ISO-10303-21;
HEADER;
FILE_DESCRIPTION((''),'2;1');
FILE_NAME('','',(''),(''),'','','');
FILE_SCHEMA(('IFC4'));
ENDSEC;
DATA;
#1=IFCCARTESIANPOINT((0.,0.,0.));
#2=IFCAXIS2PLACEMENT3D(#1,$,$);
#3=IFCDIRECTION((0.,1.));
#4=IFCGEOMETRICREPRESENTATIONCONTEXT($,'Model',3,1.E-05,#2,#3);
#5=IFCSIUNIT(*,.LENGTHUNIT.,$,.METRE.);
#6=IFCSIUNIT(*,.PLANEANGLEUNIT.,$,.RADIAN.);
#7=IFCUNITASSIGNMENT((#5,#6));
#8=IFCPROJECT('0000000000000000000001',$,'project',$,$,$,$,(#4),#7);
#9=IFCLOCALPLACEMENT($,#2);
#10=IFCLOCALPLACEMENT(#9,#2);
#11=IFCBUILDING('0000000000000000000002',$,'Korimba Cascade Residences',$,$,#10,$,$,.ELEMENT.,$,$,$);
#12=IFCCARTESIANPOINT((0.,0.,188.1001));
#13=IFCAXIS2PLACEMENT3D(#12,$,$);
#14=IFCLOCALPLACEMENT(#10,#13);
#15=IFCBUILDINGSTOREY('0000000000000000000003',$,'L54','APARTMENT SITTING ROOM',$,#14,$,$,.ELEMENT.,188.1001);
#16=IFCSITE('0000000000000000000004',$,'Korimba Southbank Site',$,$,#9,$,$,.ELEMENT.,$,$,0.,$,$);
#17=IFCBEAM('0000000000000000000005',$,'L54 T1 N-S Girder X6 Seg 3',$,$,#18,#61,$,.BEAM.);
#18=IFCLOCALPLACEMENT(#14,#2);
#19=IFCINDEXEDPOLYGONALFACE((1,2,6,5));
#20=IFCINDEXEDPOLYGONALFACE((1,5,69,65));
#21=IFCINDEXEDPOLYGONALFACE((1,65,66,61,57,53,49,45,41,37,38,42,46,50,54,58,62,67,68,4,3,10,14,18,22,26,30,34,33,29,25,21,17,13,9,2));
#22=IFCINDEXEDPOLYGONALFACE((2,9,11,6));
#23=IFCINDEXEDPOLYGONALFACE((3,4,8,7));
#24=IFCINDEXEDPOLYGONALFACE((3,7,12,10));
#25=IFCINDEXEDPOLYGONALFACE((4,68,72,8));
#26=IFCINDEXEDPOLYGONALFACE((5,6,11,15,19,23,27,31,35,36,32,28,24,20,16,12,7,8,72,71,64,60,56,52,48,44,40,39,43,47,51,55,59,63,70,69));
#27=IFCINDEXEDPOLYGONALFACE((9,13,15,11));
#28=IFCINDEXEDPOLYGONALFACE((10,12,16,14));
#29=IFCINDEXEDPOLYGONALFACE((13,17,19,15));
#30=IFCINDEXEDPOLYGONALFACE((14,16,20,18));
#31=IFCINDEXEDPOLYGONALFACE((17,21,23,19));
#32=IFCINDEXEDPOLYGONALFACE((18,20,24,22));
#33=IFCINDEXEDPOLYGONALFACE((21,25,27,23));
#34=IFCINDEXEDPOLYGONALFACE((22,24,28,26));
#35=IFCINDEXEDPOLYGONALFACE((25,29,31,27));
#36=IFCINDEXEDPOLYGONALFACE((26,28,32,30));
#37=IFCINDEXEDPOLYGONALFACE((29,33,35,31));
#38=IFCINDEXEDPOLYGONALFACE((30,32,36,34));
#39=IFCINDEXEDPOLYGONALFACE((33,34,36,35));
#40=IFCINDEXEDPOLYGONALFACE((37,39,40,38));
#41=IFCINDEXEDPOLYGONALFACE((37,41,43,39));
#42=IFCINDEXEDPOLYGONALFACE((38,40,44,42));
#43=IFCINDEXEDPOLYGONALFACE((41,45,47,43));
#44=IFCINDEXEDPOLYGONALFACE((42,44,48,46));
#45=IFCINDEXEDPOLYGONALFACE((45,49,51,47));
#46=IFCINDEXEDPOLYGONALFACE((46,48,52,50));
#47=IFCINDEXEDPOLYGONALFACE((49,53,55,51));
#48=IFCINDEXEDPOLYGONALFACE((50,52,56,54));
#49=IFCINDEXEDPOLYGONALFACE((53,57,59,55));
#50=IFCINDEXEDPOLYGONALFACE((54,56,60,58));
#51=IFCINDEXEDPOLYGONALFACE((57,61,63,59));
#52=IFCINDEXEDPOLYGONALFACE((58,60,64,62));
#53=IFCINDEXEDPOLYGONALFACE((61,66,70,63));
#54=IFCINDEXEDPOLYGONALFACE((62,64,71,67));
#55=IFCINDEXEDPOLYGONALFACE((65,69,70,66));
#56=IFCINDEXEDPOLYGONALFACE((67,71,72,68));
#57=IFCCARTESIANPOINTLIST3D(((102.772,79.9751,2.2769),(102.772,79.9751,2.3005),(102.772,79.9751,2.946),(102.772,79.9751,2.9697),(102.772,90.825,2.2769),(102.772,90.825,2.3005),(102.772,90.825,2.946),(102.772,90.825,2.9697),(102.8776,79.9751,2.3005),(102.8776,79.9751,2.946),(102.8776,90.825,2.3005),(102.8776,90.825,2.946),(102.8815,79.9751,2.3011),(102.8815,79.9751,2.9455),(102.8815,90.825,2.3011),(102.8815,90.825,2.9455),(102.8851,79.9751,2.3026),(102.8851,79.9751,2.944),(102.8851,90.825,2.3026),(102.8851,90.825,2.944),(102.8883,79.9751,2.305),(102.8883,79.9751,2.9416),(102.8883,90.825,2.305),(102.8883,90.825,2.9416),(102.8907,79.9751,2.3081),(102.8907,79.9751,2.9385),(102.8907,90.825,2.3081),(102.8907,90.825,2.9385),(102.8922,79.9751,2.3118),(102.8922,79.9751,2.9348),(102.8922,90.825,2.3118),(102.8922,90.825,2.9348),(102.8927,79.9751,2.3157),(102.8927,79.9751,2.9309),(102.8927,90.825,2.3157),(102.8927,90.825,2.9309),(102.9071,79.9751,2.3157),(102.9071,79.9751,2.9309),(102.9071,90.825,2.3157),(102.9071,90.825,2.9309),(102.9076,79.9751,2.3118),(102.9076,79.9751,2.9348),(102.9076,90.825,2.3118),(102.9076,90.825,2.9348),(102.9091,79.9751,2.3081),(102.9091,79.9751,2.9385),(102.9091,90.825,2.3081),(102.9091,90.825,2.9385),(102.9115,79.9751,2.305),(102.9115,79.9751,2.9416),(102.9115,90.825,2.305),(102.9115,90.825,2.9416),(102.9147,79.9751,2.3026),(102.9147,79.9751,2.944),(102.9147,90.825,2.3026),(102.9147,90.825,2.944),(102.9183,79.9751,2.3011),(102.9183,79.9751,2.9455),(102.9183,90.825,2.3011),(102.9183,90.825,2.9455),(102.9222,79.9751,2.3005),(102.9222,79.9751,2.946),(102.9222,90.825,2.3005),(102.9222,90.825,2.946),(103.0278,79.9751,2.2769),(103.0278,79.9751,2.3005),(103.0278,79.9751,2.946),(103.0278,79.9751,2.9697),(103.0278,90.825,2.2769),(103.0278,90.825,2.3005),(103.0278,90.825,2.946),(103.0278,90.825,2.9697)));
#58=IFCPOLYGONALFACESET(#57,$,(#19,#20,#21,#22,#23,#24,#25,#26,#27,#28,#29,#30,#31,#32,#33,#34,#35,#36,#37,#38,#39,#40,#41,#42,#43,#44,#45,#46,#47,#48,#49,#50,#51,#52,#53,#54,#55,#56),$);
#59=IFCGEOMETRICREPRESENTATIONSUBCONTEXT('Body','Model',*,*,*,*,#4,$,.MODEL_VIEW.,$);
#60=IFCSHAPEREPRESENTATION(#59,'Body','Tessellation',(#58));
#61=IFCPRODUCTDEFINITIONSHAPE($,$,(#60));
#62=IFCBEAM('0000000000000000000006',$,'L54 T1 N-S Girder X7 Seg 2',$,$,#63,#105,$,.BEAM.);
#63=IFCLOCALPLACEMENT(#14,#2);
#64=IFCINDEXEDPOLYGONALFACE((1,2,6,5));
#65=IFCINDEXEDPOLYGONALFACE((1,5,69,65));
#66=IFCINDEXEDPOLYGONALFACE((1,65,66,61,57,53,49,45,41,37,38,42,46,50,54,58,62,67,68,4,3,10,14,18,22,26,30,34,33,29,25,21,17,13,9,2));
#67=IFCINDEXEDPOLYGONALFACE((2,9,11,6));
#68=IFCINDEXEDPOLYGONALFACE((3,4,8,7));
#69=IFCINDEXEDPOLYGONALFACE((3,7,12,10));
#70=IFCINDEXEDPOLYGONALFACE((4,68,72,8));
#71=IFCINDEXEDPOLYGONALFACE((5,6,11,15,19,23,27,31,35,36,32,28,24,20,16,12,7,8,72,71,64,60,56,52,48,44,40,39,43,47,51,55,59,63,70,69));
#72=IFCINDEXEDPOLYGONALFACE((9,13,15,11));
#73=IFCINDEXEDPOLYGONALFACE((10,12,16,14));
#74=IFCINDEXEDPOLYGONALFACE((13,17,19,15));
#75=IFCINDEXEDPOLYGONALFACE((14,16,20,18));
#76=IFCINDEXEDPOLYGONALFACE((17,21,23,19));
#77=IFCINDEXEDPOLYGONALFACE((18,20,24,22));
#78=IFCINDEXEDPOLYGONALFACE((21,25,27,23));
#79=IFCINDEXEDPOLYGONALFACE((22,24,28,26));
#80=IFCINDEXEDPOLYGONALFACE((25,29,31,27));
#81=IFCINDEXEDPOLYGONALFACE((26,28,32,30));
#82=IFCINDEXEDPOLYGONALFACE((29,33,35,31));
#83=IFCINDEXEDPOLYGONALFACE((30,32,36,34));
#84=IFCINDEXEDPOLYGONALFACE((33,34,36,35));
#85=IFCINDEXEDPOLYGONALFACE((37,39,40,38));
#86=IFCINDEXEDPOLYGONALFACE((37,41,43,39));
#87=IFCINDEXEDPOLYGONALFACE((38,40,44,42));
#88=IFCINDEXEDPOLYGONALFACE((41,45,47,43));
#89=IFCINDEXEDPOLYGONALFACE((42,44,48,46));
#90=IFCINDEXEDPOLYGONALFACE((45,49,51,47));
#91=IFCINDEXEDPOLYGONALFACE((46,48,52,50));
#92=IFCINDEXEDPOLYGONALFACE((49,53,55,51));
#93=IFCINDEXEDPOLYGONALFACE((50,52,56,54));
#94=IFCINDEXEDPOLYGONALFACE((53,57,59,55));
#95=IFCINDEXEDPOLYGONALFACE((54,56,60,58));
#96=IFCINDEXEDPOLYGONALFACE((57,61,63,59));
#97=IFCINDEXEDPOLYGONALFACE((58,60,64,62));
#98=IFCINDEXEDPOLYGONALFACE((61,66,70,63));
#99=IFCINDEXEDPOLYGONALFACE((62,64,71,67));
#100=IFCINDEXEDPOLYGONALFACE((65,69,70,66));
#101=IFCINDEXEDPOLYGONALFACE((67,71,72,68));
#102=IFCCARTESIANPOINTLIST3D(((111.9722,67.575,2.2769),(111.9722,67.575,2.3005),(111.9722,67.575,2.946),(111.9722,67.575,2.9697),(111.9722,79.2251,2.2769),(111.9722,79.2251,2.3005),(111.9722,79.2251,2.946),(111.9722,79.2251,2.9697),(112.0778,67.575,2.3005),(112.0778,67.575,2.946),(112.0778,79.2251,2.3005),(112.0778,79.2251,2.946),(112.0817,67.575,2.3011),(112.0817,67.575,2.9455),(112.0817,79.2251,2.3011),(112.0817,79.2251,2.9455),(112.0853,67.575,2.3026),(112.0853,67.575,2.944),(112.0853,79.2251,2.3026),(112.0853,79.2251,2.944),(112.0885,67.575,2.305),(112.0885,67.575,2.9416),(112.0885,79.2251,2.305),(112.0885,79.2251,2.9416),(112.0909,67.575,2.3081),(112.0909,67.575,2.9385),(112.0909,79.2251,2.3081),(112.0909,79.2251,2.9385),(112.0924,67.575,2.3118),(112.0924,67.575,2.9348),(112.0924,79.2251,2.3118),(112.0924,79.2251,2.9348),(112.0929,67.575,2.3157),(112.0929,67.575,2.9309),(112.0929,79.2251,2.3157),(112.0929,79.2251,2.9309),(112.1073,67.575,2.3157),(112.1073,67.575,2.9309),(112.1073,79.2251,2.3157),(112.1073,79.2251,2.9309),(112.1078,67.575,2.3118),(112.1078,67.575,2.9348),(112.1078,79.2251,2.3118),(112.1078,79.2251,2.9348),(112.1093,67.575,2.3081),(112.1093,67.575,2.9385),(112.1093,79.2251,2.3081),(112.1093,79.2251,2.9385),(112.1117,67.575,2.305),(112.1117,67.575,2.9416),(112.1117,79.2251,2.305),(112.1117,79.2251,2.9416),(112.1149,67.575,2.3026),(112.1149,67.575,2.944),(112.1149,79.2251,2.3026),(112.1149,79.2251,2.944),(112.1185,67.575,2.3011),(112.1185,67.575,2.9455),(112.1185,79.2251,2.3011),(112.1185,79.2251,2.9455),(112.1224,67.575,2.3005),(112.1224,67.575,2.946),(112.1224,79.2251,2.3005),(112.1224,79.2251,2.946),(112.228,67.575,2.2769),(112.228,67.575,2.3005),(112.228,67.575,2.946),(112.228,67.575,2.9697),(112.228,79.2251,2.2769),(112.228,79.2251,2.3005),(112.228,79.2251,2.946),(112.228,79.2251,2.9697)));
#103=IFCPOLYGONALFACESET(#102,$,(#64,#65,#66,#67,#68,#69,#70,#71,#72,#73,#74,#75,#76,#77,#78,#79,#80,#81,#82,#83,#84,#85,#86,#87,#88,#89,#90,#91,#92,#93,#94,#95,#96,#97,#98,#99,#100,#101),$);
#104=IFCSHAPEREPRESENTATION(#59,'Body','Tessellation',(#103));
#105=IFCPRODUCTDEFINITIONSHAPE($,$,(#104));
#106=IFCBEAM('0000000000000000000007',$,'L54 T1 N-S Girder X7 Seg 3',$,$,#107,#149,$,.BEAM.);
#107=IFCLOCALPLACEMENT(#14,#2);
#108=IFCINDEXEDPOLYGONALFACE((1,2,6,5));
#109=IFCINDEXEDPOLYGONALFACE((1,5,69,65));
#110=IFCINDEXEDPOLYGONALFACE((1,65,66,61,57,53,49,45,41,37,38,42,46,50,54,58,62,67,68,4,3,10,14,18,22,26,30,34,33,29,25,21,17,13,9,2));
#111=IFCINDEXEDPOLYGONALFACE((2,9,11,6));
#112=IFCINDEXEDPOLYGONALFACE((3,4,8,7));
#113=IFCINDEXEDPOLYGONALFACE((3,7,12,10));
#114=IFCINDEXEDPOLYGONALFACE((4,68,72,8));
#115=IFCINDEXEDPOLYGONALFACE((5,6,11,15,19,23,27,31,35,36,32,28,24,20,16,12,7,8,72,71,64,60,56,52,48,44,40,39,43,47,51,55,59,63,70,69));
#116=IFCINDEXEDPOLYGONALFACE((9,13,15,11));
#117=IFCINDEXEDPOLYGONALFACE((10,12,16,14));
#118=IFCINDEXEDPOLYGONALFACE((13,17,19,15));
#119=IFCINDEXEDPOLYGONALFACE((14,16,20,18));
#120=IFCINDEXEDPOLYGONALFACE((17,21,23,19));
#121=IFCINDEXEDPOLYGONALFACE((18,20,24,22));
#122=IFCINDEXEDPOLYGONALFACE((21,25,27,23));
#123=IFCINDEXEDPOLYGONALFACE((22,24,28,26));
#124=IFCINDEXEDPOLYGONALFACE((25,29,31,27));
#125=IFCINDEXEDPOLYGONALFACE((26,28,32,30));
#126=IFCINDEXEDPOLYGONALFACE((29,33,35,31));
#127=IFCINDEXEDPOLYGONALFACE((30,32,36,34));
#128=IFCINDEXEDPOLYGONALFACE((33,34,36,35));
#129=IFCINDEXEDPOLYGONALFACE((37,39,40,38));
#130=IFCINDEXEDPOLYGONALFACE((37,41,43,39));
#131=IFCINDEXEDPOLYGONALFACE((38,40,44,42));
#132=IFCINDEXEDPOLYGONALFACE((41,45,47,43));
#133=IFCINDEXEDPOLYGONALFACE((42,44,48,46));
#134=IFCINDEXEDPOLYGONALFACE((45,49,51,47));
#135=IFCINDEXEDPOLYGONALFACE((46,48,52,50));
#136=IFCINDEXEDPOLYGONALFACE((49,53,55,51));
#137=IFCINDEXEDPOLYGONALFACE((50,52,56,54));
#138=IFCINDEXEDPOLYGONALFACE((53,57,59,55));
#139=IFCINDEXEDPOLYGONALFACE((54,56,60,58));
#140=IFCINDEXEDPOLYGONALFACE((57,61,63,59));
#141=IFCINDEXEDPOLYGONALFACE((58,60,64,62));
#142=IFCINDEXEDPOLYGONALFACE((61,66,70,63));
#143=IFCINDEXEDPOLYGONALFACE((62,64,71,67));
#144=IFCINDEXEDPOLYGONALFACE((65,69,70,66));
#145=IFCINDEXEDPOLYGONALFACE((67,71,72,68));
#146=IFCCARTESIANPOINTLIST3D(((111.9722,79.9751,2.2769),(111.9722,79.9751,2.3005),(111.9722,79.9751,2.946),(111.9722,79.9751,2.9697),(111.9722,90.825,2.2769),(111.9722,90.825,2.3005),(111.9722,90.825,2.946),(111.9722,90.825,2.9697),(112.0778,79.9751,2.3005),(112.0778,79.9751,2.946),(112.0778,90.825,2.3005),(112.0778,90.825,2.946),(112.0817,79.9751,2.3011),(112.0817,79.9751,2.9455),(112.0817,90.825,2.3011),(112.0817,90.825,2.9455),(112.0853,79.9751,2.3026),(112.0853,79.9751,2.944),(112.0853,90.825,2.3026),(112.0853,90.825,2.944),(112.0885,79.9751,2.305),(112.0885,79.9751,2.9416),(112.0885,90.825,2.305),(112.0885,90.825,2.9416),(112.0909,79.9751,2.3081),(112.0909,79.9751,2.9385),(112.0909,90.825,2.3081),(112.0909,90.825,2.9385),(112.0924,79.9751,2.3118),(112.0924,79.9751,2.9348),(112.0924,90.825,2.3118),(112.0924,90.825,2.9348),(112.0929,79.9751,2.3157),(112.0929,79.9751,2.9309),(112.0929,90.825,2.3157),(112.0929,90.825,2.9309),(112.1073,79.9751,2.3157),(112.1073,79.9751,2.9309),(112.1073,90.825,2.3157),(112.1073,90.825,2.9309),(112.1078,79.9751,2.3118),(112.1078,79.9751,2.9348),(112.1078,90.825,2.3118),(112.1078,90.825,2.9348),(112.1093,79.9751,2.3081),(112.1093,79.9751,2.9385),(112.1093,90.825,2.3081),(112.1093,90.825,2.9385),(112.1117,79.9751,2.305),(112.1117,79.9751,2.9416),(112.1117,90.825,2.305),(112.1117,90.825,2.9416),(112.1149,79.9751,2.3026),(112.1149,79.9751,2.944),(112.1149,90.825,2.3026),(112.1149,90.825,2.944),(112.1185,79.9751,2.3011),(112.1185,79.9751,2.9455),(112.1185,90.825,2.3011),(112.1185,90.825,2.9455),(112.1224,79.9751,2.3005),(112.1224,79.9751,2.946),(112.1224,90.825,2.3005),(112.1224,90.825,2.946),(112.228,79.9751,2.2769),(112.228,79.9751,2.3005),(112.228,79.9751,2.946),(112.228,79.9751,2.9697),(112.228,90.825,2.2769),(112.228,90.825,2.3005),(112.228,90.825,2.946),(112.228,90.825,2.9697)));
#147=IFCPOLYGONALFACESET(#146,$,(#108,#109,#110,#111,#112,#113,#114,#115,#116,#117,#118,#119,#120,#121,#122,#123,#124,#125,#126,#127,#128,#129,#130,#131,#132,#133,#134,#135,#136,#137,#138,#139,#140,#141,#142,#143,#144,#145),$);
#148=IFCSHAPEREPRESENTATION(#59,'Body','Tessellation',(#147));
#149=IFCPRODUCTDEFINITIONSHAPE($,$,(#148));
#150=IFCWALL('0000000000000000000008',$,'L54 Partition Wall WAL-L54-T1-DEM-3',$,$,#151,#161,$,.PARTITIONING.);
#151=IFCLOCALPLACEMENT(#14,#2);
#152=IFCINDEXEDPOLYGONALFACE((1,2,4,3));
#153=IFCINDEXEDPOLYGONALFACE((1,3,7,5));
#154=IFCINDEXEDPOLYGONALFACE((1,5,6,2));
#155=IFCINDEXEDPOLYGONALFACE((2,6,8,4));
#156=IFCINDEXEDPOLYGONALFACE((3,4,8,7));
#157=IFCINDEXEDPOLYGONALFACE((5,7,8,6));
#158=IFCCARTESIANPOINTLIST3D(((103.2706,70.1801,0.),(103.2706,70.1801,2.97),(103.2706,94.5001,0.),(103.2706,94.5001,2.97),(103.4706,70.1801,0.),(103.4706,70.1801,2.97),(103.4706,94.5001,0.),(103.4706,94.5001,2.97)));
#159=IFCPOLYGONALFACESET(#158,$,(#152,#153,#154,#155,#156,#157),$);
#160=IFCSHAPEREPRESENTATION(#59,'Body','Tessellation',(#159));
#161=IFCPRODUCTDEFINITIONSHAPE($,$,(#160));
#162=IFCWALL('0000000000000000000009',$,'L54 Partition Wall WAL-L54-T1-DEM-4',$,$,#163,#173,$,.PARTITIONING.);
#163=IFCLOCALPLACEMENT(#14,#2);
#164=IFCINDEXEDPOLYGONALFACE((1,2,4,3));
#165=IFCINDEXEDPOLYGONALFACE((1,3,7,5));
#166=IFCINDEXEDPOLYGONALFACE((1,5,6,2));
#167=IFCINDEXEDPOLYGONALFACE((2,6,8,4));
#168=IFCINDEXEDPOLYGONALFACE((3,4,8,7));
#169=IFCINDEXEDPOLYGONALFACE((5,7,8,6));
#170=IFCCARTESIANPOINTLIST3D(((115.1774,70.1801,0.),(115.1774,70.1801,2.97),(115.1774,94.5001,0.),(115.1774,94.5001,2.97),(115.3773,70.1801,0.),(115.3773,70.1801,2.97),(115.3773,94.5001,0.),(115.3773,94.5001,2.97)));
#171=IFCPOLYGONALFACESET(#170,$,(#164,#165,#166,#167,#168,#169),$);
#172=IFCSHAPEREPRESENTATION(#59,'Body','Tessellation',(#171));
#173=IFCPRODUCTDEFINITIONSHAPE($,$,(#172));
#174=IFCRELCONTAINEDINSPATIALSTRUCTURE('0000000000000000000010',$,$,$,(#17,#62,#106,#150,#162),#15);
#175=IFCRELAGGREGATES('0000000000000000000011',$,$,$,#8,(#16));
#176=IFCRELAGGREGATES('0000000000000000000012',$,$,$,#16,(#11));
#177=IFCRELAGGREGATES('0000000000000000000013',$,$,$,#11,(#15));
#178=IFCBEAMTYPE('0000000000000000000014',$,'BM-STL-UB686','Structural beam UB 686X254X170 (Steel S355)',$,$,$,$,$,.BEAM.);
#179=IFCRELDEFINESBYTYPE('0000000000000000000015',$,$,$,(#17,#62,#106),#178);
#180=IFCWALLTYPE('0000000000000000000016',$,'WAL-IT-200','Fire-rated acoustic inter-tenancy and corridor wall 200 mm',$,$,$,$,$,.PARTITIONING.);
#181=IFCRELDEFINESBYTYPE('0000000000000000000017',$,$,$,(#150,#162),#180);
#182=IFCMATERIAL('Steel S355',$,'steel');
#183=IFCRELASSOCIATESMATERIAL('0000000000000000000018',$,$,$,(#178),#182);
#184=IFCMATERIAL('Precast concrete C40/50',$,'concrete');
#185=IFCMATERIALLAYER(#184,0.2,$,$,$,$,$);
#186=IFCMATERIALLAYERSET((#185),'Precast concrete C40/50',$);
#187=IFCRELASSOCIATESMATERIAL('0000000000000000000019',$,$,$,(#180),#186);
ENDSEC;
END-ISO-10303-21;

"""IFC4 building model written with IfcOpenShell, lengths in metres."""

from ifc_helpers import new_model, si_unit, direction, frame, frame_2d, origin, origin_2d, place, context, subcontext, project, spatial, rectangle, i_section, extrude, material, layer, layer_set, material_profile, profile_set, type_object, element, save


model = new_model("IFC4")

# Units and contexts
model_context = context("Model", 3, precision=1e-05, world=origin(), true_north=direction((0.0, 1.0)))
body_context = subcontext(model_context, "Body", "Model", "MODEL_VIEW")
ifc_project = project(units=[si_unit("LENGTHUNIT", "METRE"), si_unit("PLANEANGLEUNIT", "RADIAN")], contexts=[model_context])

# Site, building, storey
site_placement = place(None, origin())
site = spatial("IfcSite", under=ifc_project, at=site_placement, Name="Korimba Southbank Site", CompositionType="ELEMENT", RefElevation=0.0)
building_placement = place(site_placement, origin())
building = spatial("IfcBuilding", under=site, at=building_placement, Name="Korimba Cascade Residences", CompositionType="ELEMENT")
storey_placement = place(building_placement, frame((0.0, 0.0, 188.1001)))
storey = spatial("IfcBuildingStorey", under=building, at=storey_placement, Name="L54", Description="APARTMENT SITTING ROOM", CompositionType="ELEMENT", Elevation=188.1001)

# Beams
ifc_material_1 = material(Name="Steel S355", Category="steel")
ifc_material_profile_1 = material_profile(ifc_material_1, i_section(OverallWidth=0.2559, OverallDepth=0.6929, WebThickness=0.0144, FlangeThickness=0.0237, FilletRadius=0.0151, at=origin_2d()), Name="Steel S355")
ifc_profile_set_1 = profile_set([ifc_material_profile_1], Name="Steel S355")
beam_type_1 = type_object("IfcBeamType", Name="BM-STL-UB686", Description="Structural beam UB 686X254X170 (Steel S355)", PredefinedType="BEAM", material=ifc_profile_set_1)
beam_1_placement = place(storey_placement, frame((102.8999, 79.9751, 2.6233), z_axis=(0.0, 1.0, 0.0), x_axis=(-1.0, 0.0, 0.0)))
element("IfcBeam", 1, at=beam_1_placement, inside=storey, type_object=beam_type_1, Name="L54 T1 N-S Girder X6 Seg 3", PredefinedType="BEAM", context=body_context, shape_type="SweptSolid", body=[
    extrude(i_section(OverallWidth=0.2559, OverallDepth=0.6929, WebThickness=0.0144, FlangeThickness=0.0237, FilletRadius=0.0151, at=origin_2d()), origin(), (0.0, 0.0, 1.0), 10.8499),
])
beam_2_placement = place(storey_placement, frame((112.1001, 67.575, 2.6233), z_axis=(0.0, 1.0, 0.0), x_axis=(-1.0, 0.0, 0.0)))
element("IfcBeam", 2, at=beam_2_placement, inside=storey, type_object=beam_type_1, Name="L54 T1 N-S Girder X7 Seg 2", PredefinedType="BEAM", context=body_context, shape_type="SweptSolid", body=[
    extrude(i_section(OverallWidth=0.2559, OverallDepth=0.6929, WebThickness=0.0144, FlangeThickness=0.0237, FilletRadius=0.0151, at=origin_2d()), origin(), (0.0, 0.0, 1.0), 11.6501),
])
beam_3_placement = place(storey_placement, frame((112.1001, 79.9751, 2.6233), z_axis=(0.0, 1.0, 0.0), x_axis=(-1.0, 0.0, 0.0)))
element("IfcBeam", 3, at=beam_3_placement, inside=storey, type_object=beam_type_1, Name="L54 T1 N-S Girder X7 Seg 3", PredefinedType="BEAM", context=body_context, shape_type="SweptSolid", body=[
    extrude(i_section(OverallWidth=0.2559, OverallDepth=0.6929, WebThickness=0.0144, FlangeThickness=0.0237, FilletRadius=0.0151, at=origin_2d()), origin(), (0.0, 0.0, 1.0), 10.8499),
])

# Walls
ifc_material_2 = material(Name="Precast concrete C40/50", Category="concrete")
ifc_layer_1 = layer(ifc_material_2, 0.2)
ifc_layer_set_1 = layer_set([ifc_layer_1], Name="Precast concrete C40/50")
wall_type_1 = type_object("IfcWallType", Name="WAL-IT-200", Description="Fire-rated acoustic inter-tenancy and corridor wall 200 mm", PredefinedType="PARTITIONING", material=ifc_layer_set_1)
for number, where, z_axis, x_axis, name in (
    (4, (103.3706, 70.1799, 0.0), (0.0, 0.0, 1.0), (0.0, 1.0, 0.0), "L54 Partition Wall WAL-L54-T1-DEM-3"),
    (5, (115.2773, 70.1799, 0.0), (0.0, 0.0, 1.0), (0.0, 1.0, 0.0), "L54 Partition Wall WAL-L54-T1-DEM-4"),
):
    element("IfcWall", number, at=place(storey_placement, frame(where, z_axis=z_axis, x_axis=x_axis)), inside=storey, type_object=wall_type_1, Name=name, PredefinedType="PARTITIONING", context=body_context, shape_type="SweptSolid", body=[
        extrude(rectangle(XDim=24.3201, YDim=0.2, at=frame_2d((12.1602, 0.0))), origin(), (0.0, 0.0, 1.0), 2.97),
    ])

save(model, "model.ifc")
